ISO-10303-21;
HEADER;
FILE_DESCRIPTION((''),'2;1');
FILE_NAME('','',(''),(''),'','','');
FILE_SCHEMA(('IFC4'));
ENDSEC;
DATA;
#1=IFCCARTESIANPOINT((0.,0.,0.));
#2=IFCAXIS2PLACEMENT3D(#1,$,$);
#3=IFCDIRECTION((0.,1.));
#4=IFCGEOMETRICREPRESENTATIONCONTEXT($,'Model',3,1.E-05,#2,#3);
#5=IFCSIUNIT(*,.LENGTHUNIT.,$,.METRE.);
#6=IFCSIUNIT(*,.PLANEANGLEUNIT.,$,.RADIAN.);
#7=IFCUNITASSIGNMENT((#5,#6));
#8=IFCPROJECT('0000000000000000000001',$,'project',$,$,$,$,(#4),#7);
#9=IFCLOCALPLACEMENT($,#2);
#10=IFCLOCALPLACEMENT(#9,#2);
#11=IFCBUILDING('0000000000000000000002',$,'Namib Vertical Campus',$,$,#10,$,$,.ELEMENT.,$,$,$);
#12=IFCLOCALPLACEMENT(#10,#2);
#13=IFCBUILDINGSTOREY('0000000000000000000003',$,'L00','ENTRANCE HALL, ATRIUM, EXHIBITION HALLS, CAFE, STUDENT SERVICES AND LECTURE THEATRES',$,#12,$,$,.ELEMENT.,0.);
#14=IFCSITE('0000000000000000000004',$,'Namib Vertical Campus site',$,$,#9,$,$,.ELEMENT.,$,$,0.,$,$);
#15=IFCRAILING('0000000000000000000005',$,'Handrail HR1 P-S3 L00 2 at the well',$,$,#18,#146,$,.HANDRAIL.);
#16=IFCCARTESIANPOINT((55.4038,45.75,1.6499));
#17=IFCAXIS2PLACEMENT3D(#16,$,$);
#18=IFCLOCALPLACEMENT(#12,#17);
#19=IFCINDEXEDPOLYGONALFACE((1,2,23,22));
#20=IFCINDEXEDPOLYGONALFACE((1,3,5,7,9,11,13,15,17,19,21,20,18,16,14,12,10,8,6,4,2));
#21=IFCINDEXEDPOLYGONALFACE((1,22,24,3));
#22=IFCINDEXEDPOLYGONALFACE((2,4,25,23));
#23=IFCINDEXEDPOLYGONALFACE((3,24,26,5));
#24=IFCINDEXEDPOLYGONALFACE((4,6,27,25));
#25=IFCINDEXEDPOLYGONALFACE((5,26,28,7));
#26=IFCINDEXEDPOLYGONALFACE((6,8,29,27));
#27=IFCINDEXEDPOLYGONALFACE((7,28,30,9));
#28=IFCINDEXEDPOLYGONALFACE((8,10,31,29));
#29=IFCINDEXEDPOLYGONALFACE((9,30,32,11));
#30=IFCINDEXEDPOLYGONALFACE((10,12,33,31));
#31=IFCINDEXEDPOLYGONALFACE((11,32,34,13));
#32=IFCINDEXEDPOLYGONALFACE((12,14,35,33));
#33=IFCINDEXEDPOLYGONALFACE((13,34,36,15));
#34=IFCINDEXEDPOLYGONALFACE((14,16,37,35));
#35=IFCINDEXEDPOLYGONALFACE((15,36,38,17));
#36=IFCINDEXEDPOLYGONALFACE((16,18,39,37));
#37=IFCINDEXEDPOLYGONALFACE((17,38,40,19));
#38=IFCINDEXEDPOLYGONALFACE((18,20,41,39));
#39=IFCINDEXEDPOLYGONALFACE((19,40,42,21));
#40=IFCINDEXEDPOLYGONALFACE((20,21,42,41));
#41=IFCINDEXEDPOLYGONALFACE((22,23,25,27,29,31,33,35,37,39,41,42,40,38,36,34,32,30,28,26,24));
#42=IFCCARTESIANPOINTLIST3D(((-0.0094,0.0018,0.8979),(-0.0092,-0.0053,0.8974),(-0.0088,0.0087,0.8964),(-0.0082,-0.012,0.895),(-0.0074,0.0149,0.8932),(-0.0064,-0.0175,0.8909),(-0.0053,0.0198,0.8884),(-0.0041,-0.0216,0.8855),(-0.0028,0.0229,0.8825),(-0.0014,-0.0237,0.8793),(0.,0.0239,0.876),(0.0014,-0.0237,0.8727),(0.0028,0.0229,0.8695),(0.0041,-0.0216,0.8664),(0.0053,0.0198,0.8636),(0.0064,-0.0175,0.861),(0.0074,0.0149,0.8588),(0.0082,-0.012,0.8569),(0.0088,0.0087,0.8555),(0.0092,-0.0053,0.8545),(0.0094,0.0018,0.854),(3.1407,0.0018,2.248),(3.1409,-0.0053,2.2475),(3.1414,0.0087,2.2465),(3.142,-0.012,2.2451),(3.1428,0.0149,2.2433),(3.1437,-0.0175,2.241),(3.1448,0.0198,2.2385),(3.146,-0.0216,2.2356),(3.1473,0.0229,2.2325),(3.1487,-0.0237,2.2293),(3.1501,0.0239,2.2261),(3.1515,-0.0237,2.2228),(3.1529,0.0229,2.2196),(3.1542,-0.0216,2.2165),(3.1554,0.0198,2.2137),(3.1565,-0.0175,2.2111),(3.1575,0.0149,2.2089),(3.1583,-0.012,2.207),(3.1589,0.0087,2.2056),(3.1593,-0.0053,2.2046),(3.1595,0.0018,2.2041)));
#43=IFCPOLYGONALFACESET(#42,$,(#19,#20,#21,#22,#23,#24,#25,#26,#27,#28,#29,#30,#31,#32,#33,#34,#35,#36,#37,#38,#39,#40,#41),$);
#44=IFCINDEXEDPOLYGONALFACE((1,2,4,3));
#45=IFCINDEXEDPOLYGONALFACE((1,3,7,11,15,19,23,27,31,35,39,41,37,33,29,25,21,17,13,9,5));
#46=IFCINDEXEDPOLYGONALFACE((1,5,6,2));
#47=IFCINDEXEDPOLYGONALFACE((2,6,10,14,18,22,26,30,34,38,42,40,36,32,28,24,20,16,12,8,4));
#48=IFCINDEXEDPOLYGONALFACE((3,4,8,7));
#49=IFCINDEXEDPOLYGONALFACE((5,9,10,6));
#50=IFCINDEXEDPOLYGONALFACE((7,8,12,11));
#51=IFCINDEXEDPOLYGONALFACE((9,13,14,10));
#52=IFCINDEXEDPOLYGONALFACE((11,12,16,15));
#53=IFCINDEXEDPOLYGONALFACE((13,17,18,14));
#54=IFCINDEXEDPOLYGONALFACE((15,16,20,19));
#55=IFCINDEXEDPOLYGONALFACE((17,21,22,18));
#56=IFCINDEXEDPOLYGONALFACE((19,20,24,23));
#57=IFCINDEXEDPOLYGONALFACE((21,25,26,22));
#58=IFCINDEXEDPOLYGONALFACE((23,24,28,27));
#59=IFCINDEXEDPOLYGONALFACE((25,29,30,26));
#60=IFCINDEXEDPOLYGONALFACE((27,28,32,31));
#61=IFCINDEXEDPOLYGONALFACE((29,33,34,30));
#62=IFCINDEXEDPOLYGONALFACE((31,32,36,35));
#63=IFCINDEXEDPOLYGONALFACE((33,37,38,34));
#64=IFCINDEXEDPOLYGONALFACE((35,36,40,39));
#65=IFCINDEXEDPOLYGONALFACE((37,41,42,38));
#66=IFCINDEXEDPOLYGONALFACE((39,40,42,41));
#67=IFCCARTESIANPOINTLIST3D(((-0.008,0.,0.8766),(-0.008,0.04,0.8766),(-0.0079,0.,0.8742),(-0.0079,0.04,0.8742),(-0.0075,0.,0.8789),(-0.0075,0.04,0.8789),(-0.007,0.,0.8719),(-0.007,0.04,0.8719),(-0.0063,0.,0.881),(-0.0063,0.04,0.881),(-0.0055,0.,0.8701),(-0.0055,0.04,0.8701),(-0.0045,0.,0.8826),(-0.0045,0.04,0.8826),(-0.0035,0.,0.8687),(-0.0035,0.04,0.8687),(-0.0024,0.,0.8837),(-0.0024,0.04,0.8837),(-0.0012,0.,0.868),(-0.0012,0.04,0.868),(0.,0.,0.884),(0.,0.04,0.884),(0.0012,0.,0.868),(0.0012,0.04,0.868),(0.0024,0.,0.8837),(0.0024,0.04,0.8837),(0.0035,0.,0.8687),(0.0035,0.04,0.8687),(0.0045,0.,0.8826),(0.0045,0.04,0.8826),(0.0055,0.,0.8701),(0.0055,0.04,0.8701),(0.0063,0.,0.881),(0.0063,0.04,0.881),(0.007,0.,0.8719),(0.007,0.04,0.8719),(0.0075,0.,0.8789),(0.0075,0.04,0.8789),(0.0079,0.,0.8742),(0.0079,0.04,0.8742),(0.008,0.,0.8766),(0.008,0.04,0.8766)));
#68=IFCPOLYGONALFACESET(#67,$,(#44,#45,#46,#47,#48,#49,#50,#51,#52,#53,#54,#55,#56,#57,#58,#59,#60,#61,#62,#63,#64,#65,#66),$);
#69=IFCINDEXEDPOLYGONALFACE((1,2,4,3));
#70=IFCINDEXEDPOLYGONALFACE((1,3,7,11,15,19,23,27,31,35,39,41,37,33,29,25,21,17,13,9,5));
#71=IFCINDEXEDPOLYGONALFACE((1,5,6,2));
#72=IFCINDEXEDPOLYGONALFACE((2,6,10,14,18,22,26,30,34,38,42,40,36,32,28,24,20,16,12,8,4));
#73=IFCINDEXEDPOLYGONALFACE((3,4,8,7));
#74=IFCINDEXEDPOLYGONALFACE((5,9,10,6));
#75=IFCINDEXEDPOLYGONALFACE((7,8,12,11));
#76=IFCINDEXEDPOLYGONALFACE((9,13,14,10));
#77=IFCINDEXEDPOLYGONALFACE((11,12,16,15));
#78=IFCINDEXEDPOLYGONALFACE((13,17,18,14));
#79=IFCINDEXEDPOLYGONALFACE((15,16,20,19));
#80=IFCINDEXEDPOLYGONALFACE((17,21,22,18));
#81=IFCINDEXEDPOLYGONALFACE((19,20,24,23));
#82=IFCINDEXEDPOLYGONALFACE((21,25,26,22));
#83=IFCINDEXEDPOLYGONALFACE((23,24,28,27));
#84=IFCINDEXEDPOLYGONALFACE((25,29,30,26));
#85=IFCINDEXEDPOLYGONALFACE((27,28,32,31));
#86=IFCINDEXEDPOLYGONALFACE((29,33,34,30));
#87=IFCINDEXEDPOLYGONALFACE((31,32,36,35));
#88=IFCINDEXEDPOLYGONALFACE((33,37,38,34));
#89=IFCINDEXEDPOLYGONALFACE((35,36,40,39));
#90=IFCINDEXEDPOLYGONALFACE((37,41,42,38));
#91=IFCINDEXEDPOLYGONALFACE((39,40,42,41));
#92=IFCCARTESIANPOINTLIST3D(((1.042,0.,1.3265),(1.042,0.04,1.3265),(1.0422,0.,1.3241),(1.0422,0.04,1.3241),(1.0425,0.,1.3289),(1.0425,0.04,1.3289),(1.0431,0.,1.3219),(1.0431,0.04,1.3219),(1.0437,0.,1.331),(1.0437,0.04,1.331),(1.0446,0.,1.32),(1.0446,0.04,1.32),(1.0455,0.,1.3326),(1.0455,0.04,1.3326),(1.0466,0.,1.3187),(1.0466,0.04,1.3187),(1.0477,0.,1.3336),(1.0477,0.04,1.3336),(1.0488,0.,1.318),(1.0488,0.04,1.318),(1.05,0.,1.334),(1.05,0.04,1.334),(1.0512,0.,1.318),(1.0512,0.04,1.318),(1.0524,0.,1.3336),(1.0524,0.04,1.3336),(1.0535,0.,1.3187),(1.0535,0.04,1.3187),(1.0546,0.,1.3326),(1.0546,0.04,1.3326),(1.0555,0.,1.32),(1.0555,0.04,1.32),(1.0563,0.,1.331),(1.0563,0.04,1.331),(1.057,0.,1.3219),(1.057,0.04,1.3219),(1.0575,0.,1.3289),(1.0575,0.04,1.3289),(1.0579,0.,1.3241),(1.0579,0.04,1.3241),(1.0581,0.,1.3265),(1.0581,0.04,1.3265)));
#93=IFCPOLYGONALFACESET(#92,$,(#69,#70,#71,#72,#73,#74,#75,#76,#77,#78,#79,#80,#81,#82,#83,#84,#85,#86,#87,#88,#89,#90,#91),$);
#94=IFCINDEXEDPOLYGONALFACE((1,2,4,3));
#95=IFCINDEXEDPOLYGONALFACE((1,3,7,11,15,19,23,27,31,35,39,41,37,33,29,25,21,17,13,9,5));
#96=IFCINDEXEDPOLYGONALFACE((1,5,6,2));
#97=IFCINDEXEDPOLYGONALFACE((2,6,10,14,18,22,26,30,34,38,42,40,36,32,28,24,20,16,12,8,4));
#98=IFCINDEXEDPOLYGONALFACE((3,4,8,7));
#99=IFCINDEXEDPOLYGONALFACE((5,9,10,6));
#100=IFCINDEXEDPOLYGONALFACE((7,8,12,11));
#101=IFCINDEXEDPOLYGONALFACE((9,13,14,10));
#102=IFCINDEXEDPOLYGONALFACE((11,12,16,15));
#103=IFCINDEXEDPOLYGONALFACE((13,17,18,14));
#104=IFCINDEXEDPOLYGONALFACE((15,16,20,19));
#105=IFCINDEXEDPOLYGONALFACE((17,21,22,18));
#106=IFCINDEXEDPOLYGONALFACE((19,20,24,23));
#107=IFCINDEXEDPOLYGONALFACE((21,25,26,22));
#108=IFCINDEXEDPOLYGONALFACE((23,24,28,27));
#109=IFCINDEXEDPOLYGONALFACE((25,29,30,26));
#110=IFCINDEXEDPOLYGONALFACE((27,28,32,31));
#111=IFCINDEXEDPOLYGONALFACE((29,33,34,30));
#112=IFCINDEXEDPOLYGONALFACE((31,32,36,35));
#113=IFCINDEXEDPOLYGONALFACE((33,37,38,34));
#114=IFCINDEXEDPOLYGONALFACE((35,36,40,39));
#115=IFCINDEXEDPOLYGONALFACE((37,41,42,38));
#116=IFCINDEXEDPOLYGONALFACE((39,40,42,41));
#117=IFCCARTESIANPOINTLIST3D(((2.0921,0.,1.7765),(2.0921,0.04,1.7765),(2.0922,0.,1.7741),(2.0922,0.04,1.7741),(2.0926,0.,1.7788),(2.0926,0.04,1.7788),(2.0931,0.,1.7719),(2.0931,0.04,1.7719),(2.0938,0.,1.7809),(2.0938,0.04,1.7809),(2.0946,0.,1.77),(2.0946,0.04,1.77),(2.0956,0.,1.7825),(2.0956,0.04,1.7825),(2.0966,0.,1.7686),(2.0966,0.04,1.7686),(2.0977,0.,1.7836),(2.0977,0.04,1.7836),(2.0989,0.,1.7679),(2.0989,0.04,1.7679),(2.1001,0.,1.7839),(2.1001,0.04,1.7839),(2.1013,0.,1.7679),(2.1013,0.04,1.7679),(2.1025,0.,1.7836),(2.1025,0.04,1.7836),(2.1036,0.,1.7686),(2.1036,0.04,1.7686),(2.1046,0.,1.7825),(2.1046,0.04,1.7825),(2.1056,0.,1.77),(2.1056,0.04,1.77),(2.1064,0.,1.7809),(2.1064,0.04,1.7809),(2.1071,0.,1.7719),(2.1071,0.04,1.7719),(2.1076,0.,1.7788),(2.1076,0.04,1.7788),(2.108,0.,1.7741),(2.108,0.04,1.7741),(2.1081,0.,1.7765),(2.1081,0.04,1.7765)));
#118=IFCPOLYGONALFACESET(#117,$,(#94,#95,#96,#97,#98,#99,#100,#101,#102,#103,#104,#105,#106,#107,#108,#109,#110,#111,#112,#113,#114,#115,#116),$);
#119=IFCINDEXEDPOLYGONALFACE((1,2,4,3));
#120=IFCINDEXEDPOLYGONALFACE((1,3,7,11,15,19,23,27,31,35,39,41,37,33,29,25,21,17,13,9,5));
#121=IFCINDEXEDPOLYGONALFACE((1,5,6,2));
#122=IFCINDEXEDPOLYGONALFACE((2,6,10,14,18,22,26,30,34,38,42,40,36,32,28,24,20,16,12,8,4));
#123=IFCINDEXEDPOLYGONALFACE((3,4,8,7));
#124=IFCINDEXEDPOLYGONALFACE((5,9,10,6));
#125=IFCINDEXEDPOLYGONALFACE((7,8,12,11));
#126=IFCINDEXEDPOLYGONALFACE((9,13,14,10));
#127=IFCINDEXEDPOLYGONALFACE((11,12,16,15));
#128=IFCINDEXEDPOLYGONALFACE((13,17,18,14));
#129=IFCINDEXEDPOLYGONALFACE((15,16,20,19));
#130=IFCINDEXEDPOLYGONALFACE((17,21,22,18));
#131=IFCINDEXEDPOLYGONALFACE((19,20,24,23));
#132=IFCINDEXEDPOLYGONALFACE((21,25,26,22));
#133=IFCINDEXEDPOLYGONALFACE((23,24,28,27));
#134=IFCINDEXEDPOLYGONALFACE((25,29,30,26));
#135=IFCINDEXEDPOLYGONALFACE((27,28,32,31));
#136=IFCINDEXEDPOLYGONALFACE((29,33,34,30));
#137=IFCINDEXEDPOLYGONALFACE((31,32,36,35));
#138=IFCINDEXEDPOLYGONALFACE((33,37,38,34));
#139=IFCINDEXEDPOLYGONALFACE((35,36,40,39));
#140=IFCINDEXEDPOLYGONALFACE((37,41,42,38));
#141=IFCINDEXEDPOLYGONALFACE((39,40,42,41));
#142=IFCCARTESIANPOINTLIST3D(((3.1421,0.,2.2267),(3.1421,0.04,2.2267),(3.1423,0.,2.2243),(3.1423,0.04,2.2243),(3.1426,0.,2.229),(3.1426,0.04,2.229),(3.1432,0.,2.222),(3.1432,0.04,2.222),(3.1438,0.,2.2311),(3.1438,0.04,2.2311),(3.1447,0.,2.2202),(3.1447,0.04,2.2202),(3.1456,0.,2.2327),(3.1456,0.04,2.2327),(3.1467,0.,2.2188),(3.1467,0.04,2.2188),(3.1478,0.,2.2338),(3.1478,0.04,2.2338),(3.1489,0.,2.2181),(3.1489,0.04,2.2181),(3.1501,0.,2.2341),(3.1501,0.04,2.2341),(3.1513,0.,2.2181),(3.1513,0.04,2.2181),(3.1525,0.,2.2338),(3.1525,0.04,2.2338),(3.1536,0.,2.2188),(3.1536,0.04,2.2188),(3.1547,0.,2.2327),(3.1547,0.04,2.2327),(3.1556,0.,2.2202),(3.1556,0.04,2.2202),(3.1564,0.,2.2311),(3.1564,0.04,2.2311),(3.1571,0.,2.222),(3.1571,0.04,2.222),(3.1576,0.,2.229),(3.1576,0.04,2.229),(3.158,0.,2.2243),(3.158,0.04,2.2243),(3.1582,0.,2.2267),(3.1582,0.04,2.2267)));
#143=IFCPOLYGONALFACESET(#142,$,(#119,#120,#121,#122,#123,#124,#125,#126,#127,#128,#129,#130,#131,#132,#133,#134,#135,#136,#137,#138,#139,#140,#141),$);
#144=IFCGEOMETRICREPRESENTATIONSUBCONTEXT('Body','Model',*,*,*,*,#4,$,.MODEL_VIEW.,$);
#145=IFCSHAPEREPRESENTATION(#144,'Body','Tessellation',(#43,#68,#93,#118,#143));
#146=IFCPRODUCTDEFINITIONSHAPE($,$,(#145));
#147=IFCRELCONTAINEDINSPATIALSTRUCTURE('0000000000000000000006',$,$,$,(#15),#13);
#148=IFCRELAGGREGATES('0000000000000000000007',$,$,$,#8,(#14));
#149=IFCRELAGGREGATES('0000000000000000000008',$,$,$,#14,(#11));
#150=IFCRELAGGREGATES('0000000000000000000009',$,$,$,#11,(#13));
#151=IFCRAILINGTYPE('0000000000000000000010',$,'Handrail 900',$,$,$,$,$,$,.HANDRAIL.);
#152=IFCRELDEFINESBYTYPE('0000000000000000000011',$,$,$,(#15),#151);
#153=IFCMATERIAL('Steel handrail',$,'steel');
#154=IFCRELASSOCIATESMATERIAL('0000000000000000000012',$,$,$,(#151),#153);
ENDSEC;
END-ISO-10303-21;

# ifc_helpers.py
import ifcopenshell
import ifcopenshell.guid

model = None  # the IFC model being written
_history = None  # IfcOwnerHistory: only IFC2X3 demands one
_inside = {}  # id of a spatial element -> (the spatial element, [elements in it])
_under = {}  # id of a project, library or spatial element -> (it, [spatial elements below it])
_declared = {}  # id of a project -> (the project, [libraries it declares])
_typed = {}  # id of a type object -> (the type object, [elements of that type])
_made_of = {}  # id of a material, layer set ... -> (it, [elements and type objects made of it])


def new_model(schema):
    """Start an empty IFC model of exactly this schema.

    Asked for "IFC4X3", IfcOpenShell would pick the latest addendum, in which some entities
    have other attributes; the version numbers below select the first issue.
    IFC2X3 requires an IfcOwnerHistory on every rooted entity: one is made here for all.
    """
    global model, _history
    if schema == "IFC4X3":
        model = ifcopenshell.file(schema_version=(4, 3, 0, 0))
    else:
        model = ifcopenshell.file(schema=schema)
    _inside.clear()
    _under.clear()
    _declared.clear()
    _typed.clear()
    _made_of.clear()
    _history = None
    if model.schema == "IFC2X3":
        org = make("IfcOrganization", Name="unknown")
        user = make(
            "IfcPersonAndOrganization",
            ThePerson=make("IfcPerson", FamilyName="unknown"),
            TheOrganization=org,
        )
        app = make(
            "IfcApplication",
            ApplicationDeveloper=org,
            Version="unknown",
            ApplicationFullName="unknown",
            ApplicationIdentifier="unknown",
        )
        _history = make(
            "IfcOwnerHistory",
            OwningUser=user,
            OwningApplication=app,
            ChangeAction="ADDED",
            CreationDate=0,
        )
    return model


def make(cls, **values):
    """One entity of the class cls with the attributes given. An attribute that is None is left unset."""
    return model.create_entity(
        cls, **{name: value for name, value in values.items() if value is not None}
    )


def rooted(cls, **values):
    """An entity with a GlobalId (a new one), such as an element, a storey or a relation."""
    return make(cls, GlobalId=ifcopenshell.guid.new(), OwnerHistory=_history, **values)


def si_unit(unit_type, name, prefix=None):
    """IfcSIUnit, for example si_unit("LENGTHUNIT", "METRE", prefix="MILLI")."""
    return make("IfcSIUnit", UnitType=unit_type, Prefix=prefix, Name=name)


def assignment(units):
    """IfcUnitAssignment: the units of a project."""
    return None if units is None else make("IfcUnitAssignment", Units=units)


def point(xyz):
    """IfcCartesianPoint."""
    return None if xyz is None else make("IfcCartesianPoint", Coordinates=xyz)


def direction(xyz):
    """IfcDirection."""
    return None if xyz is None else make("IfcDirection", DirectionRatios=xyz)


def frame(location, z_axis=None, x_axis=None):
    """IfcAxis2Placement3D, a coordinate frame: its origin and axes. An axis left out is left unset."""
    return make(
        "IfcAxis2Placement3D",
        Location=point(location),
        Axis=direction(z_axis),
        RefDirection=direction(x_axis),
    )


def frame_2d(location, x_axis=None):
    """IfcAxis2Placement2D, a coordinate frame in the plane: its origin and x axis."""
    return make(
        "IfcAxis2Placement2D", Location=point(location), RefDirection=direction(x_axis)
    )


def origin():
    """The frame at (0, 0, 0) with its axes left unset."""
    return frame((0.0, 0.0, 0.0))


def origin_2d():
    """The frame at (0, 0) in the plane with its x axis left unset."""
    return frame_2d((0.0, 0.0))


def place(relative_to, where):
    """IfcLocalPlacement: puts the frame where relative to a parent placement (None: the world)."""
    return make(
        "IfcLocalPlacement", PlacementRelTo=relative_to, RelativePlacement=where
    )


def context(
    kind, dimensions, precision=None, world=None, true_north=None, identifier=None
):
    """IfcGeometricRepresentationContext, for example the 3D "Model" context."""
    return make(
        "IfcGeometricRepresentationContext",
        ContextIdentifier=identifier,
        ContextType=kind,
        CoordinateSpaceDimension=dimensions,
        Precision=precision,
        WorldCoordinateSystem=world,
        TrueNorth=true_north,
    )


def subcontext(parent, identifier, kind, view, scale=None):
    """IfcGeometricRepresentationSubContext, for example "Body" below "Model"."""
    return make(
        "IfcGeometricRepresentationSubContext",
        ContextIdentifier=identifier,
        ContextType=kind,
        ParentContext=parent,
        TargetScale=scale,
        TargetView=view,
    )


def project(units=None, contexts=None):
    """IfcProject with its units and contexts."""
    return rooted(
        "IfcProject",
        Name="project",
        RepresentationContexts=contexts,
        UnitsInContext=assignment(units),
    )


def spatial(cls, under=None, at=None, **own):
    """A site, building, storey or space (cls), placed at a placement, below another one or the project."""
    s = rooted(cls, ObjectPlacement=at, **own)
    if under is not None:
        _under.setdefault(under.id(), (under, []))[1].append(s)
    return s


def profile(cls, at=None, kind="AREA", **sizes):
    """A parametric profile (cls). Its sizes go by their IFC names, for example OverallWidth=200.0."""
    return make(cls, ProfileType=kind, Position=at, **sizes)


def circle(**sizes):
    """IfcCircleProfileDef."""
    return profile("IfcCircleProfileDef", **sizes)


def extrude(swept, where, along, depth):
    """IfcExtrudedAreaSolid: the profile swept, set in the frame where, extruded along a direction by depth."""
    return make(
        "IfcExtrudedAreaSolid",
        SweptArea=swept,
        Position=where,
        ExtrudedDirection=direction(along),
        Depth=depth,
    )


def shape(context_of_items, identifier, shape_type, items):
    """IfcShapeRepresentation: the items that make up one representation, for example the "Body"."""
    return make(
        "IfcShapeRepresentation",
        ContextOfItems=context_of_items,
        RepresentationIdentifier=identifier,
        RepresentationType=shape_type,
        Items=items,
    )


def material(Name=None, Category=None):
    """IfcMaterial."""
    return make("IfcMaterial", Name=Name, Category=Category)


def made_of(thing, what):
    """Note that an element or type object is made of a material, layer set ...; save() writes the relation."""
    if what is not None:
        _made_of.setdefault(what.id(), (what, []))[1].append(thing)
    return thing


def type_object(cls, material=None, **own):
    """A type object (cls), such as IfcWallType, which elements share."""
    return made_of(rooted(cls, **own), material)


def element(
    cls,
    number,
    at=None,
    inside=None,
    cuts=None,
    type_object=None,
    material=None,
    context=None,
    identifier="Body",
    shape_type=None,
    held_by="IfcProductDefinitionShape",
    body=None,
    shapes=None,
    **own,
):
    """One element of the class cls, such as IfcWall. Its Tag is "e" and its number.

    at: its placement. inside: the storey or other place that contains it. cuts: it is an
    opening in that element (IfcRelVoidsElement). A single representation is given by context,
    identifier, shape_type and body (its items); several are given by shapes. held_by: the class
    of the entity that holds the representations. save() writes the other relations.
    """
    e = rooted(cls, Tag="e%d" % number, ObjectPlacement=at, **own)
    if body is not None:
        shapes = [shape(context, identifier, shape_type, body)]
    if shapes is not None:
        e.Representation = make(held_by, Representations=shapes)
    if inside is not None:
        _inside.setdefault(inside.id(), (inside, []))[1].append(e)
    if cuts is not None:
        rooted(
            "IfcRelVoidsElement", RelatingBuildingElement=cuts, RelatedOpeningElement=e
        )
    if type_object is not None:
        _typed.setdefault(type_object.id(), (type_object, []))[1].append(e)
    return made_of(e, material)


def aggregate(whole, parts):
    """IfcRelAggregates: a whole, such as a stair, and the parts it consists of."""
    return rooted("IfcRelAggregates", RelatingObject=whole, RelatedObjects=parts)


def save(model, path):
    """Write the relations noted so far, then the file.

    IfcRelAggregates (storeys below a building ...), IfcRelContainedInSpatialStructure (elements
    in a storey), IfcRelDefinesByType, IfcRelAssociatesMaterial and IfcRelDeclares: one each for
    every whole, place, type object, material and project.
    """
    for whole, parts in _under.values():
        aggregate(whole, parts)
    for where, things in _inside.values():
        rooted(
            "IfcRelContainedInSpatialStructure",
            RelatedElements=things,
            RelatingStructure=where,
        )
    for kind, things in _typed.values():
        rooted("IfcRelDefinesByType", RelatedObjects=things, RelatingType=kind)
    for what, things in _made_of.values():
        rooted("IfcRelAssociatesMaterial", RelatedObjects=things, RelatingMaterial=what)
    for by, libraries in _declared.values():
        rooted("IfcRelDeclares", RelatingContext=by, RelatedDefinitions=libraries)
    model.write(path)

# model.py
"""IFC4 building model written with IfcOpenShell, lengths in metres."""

from ifc_helpers import new_model, si_unit, direction, frame, origin, origin_2d, place, context, subcontext, project, spatial, circle, extrude, material, type_object, element, save


model = new_model("IFC4")

# Units and contexts
model_context = context("Model", 3, precision=1e-05, world=origin(), true_north=direction((0.0, 1.0)))
body_context = subcontext(model_context, "Body", "Model", "MODEL_VIEW")
ifc_project = project(units=[si_unit("LENGTHUNIT", "METRE"), si_unit("PLANEANGLEUNIT", "RADIAN")], contexts=[model_context])

# Site, building, storey
site_placement = place(None, origin())
site = spatial("IfcSite", under=ifc_project, at=site_placement, Name="Namib Vertical Campus site", CompositionType="ELEMENT", RefElevation=0.0)
building_placement = place(site_placement, origin())
building = spatial("IfcBuilding", under=site, at=building_placement, Name="Namib Vertical Campus", CompositionType="ELEMENT")
storey_placement = place(building_placement, origin())
storey = spatial("IfcBuildingStorey", under=building, at=storey_placement, Name="L00", Description="ENTRANCE HALL, ATRIUM, EXHIBITION HALLS, CAFE, STUDENT SERVICES AND LECTURE THEATRES", CompositionType="ELEMENT", Elevation=0.0)

# Railing
ifc_material_1 = material(Name="Steel handrail", Category="steel")
railing_type_1 = type_object("IfcRailingType", Name="Handrail 900", PredefinedType="HANDRAIL", material=ifc_material_1)
railing_1_placement = place(storey_placement, frame((55.4038, 45.75, 1.6499)))
element("IfcRailing", 1, at=railing_1_placement, inside=storey, type_object=railing_type_1, Name="Handrail HR1 P-S3 L00 2 at the well", PredefinedType="HANDRAIL", context=body_context, shape_type="SweptSolid", body=[
    extrude(circle(Radius=0.0239, at=origin_2d()), frame((0.0, 0.0, 0.876), z_axis=(0.919141, 0.0, 0.393928), x_axis=(0.0, 1.0, 0.0)), (0.0, 0.0, 1.0), 3.4272),
    extrude(circle(Radius=0.0081, at=origin_2d()), frame((0.0, 0.0, 0.876), z_axis=(0.0, 1.0, 0.0), x_axis=(0.0, 0.0, 1.0)), (0.0, 0.0, 1.0), 0.04),
    extrude(circle(Radius=0.0081, at=origin_2d()), frame((1.05, 0.0, 1.3259), z_axis=(0.0, 1.0, 0.0), x_axis=(0.0, 0.0, 1.0)), (0.0, 0.0, 1.0), 0.04),
    extrude(circle(Radius=0.0081, at=origin_2d()), frame((2.1001, 0.0, 1.7759), z_axis=(0.0, 1.0, 0.0), x_axis=(0.0, 0.0, 1.0)), (0.0, 0.0, 1.0), 0.04),
    extrude(circle(Radius=0.0081, at=origin_2d()), frame((3.1501, 0.0, 2.2261), z_axis=(0.0, 1.0, 0.0), x_axis=(0.0, 0.0, 1.0)), (0.0, 0.0, 1.0), 0.04),
])

save(model, "model.ifc")
